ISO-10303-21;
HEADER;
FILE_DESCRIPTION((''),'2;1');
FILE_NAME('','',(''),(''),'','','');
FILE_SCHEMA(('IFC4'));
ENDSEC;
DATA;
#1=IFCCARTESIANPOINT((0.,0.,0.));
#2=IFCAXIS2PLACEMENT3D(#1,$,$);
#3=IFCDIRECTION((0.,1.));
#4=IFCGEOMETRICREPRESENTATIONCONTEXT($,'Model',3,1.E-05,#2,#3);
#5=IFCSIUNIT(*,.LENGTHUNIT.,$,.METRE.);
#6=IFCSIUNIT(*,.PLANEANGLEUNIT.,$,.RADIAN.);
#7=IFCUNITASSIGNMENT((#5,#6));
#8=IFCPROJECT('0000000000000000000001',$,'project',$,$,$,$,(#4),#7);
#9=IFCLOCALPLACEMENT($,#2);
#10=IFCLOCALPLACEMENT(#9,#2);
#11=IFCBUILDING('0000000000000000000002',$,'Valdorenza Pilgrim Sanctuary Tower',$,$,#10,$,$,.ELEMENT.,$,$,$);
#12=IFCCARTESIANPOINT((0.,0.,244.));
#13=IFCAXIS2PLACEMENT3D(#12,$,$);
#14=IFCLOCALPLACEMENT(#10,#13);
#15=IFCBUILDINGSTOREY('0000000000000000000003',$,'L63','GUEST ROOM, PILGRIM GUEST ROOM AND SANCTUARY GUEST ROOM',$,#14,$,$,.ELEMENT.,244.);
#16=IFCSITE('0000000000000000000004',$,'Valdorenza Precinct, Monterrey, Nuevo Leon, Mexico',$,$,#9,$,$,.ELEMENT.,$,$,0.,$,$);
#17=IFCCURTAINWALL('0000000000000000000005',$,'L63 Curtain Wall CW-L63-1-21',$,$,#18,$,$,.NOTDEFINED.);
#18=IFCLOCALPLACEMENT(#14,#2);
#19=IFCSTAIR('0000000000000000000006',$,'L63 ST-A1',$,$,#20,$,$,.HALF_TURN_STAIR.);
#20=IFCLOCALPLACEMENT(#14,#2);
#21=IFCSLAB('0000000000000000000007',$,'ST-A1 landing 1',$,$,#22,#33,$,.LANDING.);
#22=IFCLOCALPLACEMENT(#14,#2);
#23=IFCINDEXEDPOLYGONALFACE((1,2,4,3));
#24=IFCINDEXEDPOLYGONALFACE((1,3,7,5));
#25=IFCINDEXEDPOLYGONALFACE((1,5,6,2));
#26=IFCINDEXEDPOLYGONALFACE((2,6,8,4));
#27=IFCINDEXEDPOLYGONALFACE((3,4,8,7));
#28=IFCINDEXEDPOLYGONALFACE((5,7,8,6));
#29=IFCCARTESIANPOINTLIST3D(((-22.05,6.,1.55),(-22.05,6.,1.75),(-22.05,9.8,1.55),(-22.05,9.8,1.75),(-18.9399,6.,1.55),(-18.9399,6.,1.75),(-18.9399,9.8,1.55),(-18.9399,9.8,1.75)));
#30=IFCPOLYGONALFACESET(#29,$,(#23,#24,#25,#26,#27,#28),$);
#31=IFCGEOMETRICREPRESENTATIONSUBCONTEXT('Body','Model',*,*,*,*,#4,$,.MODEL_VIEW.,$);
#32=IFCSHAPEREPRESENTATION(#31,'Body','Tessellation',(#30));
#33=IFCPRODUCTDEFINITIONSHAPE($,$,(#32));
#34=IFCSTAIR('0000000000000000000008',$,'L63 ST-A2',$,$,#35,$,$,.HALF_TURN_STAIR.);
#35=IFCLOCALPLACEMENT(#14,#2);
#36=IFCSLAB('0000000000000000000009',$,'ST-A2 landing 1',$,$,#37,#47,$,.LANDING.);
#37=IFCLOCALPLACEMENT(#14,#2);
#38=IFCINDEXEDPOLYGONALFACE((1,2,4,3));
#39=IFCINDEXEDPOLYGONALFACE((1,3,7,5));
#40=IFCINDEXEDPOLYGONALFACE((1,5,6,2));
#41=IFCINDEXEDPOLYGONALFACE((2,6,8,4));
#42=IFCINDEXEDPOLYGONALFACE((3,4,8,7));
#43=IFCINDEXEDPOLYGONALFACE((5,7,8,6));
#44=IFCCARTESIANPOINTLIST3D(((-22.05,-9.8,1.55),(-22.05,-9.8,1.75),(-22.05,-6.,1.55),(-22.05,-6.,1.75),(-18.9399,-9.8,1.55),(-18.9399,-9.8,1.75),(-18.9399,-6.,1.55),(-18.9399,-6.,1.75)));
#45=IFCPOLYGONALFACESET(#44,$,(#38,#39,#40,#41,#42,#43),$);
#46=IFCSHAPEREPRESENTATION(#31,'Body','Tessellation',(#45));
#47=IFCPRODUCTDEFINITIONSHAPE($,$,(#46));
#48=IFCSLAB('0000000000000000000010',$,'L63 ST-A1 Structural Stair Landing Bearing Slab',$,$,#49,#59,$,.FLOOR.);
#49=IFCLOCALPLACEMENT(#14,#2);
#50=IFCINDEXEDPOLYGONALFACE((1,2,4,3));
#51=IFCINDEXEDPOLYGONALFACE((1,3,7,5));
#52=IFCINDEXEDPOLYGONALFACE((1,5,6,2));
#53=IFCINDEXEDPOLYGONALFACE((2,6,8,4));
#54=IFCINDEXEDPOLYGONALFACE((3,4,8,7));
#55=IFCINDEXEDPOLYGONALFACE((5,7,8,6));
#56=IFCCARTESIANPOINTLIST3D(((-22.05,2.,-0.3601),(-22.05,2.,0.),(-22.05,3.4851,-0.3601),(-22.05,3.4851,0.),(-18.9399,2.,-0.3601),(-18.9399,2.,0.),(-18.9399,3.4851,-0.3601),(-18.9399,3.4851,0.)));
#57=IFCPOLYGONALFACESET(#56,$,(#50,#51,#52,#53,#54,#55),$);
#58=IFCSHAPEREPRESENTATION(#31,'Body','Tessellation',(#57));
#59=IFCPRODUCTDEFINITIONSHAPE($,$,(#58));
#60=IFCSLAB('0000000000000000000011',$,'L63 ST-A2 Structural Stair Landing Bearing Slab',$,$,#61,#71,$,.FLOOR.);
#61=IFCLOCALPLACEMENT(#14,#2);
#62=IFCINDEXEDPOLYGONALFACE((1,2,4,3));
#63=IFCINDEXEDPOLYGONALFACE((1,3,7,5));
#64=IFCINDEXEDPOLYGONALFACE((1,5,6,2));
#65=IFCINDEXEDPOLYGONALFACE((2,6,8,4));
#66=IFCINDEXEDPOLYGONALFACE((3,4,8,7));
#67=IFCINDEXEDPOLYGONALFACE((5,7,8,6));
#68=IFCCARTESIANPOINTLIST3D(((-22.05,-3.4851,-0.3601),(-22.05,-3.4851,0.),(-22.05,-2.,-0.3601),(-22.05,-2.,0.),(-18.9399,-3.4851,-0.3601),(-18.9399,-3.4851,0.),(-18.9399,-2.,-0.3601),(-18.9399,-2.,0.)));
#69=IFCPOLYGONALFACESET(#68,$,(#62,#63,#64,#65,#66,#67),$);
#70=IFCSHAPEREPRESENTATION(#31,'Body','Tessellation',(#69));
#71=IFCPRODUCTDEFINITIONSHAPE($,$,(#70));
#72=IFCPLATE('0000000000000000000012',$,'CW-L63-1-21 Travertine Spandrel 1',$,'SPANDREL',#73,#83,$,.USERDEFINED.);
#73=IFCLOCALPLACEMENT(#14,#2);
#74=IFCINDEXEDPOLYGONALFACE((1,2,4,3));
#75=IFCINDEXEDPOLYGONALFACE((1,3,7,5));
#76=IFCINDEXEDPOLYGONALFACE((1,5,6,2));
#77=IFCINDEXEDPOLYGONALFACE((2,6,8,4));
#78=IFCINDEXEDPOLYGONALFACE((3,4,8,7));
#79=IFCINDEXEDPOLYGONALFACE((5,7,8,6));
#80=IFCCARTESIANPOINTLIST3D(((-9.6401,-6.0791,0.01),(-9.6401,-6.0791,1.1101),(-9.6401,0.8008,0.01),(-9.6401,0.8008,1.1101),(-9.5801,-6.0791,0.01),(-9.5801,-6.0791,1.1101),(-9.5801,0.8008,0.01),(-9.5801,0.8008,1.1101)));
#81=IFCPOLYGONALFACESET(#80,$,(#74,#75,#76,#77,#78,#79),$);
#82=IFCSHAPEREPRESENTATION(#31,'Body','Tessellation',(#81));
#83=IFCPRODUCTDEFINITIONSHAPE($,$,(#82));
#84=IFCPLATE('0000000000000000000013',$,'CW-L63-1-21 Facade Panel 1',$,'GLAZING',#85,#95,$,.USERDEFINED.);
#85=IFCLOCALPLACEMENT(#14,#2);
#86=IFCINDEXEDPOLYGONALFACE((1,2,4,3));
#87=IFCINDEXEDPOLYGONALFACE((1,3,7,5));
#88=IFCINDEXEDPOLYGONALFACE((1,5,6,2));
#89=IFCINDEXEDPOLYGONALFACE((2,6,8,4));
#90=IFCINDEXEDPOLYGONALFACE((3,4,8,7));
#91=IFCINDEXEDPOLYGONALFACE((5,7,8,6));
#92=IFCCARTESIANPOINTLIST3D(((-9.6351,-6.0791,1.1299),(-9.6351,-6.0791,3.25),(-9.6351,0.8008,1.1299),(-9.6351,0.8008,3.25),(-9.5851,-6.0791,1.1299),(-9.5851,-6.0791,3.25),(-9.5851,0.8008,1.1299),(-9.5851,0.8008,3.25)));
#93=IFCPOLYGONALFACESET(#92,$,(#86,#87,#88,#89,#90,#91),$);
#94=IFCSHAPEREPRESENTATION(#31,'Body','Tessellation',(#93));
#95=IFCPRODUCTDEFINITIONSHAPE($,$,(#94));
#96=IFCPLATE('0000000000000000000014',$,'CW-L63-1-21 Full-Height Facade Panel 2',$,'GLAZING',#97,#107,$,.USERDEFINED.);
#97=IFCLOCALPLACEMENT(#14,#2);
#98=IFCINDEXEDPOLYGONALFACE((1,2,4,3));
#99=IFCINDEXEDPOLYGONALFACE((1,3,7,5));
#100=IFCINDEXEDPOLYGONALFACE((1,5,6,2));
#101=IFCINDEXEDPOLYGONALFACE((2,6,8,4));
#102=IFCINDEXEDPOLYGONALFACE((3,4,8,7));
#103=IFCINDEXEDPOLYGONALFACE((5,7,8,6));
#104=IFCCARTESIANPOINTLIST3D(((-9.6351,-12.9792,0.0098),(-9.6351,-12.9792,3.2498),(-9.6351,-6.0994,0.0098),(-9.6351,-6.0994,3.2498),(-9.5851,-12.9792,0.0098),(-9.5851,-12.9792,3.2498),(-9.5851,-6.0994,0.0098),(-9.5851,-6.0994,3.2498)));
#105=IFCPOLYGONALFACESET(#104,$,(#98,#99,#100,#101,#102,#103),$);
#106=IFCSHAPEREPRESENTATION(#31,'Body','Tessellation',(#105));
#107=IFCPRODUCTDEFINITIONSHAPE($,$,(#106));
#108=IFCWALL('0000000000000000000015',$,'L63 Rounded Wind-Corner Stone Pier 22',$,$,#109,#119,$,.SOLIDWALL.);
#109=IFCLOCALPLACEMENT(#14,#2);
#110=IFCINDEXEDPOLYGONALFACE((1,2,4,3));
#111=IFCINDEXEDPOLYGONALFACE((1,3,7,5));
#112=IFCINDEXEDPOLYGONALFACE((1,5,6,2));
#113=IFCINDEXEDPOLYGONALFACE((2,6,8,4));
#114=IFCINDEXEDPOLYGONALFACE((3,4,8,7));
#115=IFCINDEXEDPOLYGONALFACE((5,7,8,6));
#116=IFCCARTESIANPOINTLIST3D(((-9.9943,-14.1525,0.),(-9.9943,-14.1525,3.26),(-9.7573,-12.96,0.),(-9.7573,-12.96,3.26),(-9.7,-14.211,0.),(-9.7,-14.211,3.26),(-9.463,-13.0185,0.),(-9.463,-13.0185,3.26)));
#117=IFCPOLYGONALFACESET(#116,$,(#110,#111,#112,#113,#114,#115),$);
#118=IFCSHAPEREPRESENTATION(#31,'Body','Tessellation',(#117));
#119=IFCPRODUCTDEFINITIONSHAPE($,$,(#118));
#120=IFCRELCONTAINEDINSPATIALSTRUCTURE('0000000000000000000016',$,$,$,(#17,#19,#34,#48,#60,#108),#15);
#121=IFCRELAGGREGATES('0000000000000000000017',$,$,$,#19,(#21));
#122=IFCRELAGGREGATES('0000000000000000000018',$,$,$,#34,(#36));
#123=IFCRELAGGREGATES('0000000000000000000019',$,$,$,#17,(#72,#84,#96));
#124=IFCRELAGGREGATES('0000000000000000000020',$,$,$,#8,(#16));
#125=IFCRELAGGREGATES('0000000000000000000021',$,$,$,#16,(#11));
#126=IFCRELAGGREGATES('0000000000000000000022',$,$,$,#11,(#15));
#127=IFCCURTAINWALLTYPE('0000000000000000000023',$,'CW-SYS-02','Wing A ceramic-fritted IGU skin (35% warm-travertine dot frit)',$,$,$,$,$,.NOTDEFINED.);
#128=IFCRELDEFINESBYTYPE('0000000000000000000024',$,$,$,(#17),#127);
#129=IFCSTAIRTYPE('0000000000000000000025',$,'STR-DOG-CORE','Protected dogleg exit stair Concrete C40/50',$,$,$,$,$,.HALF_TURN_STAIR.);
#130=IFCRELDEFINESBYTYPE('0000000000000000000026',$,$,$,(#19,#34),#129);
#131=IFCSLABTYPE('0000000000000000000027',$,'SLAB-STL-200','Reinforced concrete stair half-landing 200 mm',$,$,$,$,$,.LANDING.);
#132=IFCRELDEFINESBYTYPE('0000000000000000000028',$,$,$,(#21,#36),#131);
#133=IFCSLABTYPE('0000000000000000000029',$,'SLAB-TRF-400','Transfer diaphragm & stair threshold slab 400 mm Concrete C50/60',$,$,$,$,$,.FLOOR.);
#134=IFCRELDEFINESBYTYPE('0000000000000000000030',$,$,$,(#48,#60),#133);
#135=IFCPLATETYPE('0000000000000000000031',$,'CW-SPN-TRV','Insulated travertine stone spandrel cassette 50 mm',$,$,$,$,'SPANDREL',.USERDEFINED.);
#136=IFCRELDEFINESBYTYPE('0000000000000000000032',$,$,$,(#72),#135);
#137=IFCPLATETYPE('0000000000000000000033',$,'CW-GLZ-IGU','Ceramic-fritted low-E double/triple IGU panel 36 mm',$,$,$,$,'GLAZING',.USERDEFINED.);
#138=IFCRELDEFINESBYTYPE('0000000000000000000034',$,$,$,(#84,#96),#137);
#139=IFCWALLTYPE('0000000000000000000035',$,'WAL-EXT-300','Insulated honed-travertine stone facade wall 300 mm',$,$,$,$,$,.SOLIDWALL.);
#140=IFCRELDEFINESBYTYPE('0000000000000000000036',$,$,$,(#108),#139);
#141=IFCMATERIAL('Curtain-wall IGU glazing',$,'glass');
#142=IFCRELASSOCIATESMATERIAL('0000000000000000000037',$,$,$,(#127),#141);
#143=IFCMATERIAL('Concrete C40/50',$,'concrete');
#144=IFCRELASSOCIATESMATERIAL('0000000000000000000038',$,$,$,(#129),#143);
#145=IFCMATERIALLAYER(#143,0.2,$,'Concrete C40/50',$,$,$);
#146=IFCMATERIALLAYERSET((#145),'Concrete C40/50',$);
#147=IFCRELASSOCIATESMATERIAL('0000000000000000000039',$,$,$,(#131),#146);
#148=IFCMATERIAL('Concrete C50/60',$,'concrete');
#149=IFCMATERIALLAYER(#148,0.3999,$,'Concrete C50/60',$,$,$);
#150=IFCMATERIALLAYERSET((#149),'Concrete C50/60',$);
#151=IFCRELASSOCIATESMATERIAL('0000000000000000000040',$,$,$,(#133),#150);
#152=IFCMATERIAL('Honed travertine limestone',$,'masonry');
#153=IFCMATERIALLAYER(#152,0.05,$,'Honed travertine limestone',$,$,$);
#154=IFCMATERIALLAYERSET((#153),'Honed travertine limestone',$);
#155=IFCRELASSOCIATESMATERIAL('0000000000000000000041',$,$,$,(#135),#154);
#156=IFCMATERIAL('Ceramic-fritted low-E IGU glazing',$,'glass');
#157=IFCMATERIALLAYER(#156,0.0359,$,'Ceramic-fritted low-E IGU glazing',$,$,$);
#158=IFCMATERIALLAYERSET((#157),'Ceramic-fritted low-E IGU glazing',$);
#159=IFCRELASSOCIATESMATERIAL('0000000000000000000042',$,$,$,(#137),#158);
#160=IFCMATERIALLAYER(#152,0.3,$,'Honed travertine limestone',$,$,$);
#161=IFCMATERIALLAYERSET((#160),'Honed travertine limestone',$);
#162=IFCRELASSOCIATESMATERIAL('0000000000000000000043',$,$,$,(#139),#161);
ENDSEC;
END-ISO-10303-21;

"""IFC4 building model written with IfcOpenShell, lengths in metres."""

from ifc_helpers import new_model, si_unit, direction, frame, frame_2d, origin, origin_2d, place, context, subcontext, project, spatial, polyline, rectangle, outline, extrude, source, transform, mapped, material, layer, layer_set, type_object, element, aggregate, save


model = new_model("IFC4")

# Units and contexts
model_context = context("Model", 3, precision=1e-05, world=origin(), true_north=direction((0.0, 1.0)))
body_context = subcontext(model_context, "Body", "Model", "MODEL_VIEW")
ifc_project = project(units=[si_unit("LENGTHUNIT", "METRE"), si_unit("PLANEANGLEUNIT", "RADIAN")], contexts=[model_context])

# Site, building, storey
site_placement = place(None, origin())
site = spatial("IfcSite", under=ifc_project, at=site_placement, Name="Valdorenza Precinct, Monterrey, Nuevo Leon, Mexico", CompositionType="ELEMENT", RefElevation=0.0)
building_placement = place(site_placement, origin())
building = spatial("IfcBuilding", under=site, at=building_placement, Name="Valdorenza Pilgrim Sanctuary Tower", CompositionType="ELEMENT")
storey_placement = place(building_placement, frame((0.0, 0.0, 244.0)))
storey = spatial("IfcBuildingStorey", under=building, at=storey_placement, Name="L63", Description="GUEST ROOM, PILGRIM GUEST ROOM AND SANCTUARY GUEST ROOM", CompositionType="ELEMENT", Elevation=244.0)

# Curtain wall
ifc_material_1 = material(Name="Curtain-wall IGU glazing", Category="glass")
curtain_wall_type = type_object("IfcCurtainWallType", Name="CW-SYS-02", Description="Wing A ceramic-fritted IGU skin (35% warm-travertine dot frit)", PredefinedType="NOTDEFINED", material=ifc_material_1)
curtain_wall_placement = place(storey_placement, origin())
curtain_wall = element("IfcCurtainWall", 1, at=curtain_wall_placement, inside=storey, type_object=curtain_wall_type, Name="L63 Curtain Wall CW-L63-1-21", PredefinedType="NOTDEFINED")

# Shared definitions
ifc_material_2 = material(Name="Concrete C40/50", Category="concrete")

# Stairs, slabs
stair_type = type_object("IfcStairType", Name="STR-DOG-CORE", Description="Protected dogleg exit stair Concrete C40/50", PredefinedType="HALF_TURN_STAIR", material=ifc_material_2)
stair_1_placement = place(storey_placement, origin())
stair_1 = element("IfcStair", 2, at=stair_1_placement, inside=storey, type_object=stair_type, Name="L63 ST-A1", PredefinedType="HALF_TURN_STAIR")
ifc_layer_1 = layer(ifc_material_2, 0.2, Name="Concrete C40/50")
ifc_layer_set_1 = layer_set([ifc_layer_1], Name="Concrete C40/50")
slab_type_1 = type_object("IfcSlabType", Name="SLAB-STL-200", Description="Reinforced concrete stair half-landing 200 mm", PredefinedType="LANDING", material=ifc_layer_set_1)
slab_1_placement = place(storey_placement, frame((0.0, 0.0, 1.55)))
slab_1 = element("IfcSlab", 3, at=slab_1_placement, type_object=slab_type_1, Name="ST-A1 landing 1", PredefinedType="LANDING", context=body_context, shape_type="SweptSolid", body=[
    extrude(outline(polyline([(-18.9399, 6.0), (-18.9399, 9.8), (-22.05, 9.8), (-22.05, 6.0), (-18.9399, 6.0)])), origin(), (0.0, 0.0, 1.0), 0.2),
])
aggregate(stair_1, [slab_1])
stair_2_placement = place(storey_placement, origin())
stair_2 = element("IfcStair", 4, at=stair_2_placement, inside=storey, type_object=stair_type, Name="L63 ST-A2", PredefinedType="HALF_TURN_STAIR")
slab_2_placement = place(storey_placement, frame((0.0, 0.0, 1.55)))
slab_2 = element("IfcSlab", 5, at=slab_2_placement, type_object=slab_type_1, Name="ST-A2 landing 1", PredefinedType="LANDING", context=body_context, shape_type="SweptSolid", body=[
    extrude(outline(polyline([(-22.05, -6.0), (-22.05, -9.8), (-18.9399, -9.8), (-18.9399, -6.0), (-22.05, -6.0)])), origin(), (0.0, 0.0, 1.0), 0.2),
])
aggregate(stair_2, [slab_2])

# Slabs
ifc_material_3 = material(Name="Concrete C50/60", Category="concrete")
ifc_layer_2 = layer(ifc_material_3, 0.3999, Name="Concrete C50/60")
ifc_layer_set_2 = layer_set([ifc_layer_2], Name="Concrete C50/60")
slab_type_2 = type_object("IfcSlabType", Name="SLAB-TRF-400", Description="Transfer diaphragm & stair threshold slab 400 mm Concrete C50/60", PredefinedType="FLOOR", material=ifc_layer_set_2)
slab_3_placement = place(storey_placement, frame((0.0, 0.0, -0.3601)))
element("IfcSlab", 6, at=slab_3_placement, inside=storey, type_object=slab_type_2, Name="L63 ST-A1 Structural Stair Landing Bearing Slab", PredefinedType="FLOOR", context=body_context, shape_type="SweptSolid", body=[
    extrude(outline(polyline([(-22.05, 2.0), (-18.9399, 2.0), (-18.9399, 3.4851), (-22.05, 3.4851), (-22.05, 2.0)])), origin(), (0.0, 0.0, 1.0), 0.3601),
])
slab_4_placement = place(storey_placement, frame((0.0, 0.0, -0.3601)))
element("IfcSlab", 7, at=slab_4_placement, inside=storey, type_object=slab_type_2, Name="L63 ST-A2 Structural Stair Landing Bearing Slab", PredefinedType="FLOOR", context=body_context, shape_type="SweptSolid", body=[
    extrude(outline(polyline([(-22.05, -3.4851), (-18.9399, -3.4851), (-18.9399, -2.0), (-22.05, -2.0), (-22.05, -3.4851)])), origin(), (0.0, 0.0, 1.0), 0.3601),
])

# Plates
ifc_material_4 = material(Name="Honed travertine limestone", Category="masonry")
ifc_layer_3 = layer(ifc_material_4, 0.05, Name="Honed travertine limestone")
ifc_layer_set_3 = layer_set([ifc_layer_3], Name="Honed travertine limestone")
plate_type_1 = type_object("IfcPlateType", Name="CW-SPN-TRV", Description="Insulated travertine stone spandrel cassette 50 mm", ElementType="SPANDREL", PredefinedType="USERDEFINED", material=ifc_layer_set_3)
shared_shape_1 = source(origin(), body_context, "Body", "SweptSolid", [
    extrude(rectangle(XDim=6.8799, YDim=0.0601, at=origin_2d()), origin(), (0.0, 0.0, 1.0), 1.1001),
])
plate_1_placement = place(storey_placement, frame((-9.6101, -2.6392, 0.01), z_axis=(0.0, 0.0, 1.0), x_axis=(0.0, -1.0, 0.0)))
plate_1 = element("IfcPlate", 8, at=plate_1_placement, type_object=plate_type_1, Name="CW-L63-1-21 Travertine Spandrel 1", ObjectType="SPANDREL", PredefinedType="USERDEFINED", context=body_context, shape_type="MappedRepresentation", body=[
    mapped(shared_shape_1, transform((0.0, 0.0, 0.0), x_axis=(1.0, 0.0, 0.0), y_axis=(0.0, 1.0, 0.0), z_axis=(0.0, 0.0, 1.0), scale=1.0)),
])
ifc_material_5 = material(Name="Ceramic-fritted low-E IGU glazing", Category="glass")
ifc_layer_4 = layer(ifc_material_5, 0.0359, Name="Ceramic-fritted low-E IGU glazing")
ifc_layer_set_4 = layer_set([ifc_layer_4], Name="Ceramic-fritted low-E IGU glazing")
plate_type_2 = type_object("IfcPlateType", Name="CW-GLZ-IGU", Description="Ceramic-fritted low-E double/triple IGU panel 36 mm", ElementType="GLAZING", PredefinedType="USERDEFINED", material=ifc_layer_set_4)
shared_shape_2 = source(origin(), body_context, "Body", "SweptSolid", [
    extrude(rectangle(XDim=6.8799, YDim=0.05, at=origin_2d()), origin(), (0.0, 0.0, 1.0), 2.1201),
])
plate_2_placement = place(storey_placement, frame((-9.6101, -2.6392, 1.1299), z_axis=(0.0, 0.0, 1.0), x_axis=(0.0, -1.0, 0.0)))
plate_2 = element("IfcPlate", 9, at=plate_2_placement, type_object=plate_type_2, Name="CW-L63-1-21 Facade Panel 1", ObjectType="GLAZING", PredefinedType="USERDEFINED", context=body_context, shape_type="MappedRepresentation", body=[
    mapped(shared_shape_2, transform((0.0, 0.0, 0.0), x_axis=(1.0, 0.0, 0.0), y_axis=(0.0, 1.0, 0.0), z_axis=(0.0, 0.0, 1.0), scale=1.0)),
])
shared_shape_3 = source(origin(), body_context, "Body", "SweptSolid", [
    extrude(rectangle(XDim=6.8799, YDim=0.05, at=origin_2d()), origin(), (0.0, 0.0, 1.0), 3.24),
])
plate_3_placement = place(storey_placement, frame((-9.6101, -9.5393, 0.0098), z_axis=(0.0, 0.0, 1.0), x_axis=(0.0, -1.0, 0.0)))
plate_3 = element("IfcPlate", 10, at=plate_3_placement, type_object=plate_type_2, Name="CW-L63-1-21 Full-Height Facade Panel 2", ObjectType="GLAZING", PredefinedType="USERDEFINED", context=body_context, shape_type="MappedRepresentation", body=[
    mapped(shared_shape_3, transform((0.0, 0.0, 0.0), x_axis=(1.0, 0.0, 0.0), y_axis=(0.0, 1.0, 0.0), z_axis=(0.0, 0.0, 1.0), scale=1.0)),
])
aggregate(curtain_wall, [plate_1, plate_2, plate_3])

# Wall
ifc_layer_5 = layer(ifc_material_4, 0.3, Name="Honed travertine limestone")
ifc_layer_set_5 = layer_set([ifc_layer_5], Name="Honed travertine limestone")
wall_type = type_object("IfcWallType", Name="WAL-EXT-300", Description="Insulated honed-travertine stone facade wall 300 mm", PredefinedType="SOLIDWALL", material=ifc_layer_set_5)
wall_placement = place(storey_placement, frame((-9.6101, -12.9893, 0.0), z_axis=(0.0, 0.0, 1.0), x_axis=(-0.194996, -0.980804, 0.0)))
element("IfcWall", 11, at=wall_placement, inside=storey, type_object=wall_type, Name="L63 Rounded Wind-Corner Stone Pier 22", PredefinedType="SOLIDWALL", context=body_context, shape_type="SweptSolid", body=[
    extrude(rectangle(XDim=1.2158, YDim=0.3, at=frame_2d((0.6079, 0.0))), origin(), (0.0, 0.0, 1.0), 3.26),
])

save(model, "model.ifc")
